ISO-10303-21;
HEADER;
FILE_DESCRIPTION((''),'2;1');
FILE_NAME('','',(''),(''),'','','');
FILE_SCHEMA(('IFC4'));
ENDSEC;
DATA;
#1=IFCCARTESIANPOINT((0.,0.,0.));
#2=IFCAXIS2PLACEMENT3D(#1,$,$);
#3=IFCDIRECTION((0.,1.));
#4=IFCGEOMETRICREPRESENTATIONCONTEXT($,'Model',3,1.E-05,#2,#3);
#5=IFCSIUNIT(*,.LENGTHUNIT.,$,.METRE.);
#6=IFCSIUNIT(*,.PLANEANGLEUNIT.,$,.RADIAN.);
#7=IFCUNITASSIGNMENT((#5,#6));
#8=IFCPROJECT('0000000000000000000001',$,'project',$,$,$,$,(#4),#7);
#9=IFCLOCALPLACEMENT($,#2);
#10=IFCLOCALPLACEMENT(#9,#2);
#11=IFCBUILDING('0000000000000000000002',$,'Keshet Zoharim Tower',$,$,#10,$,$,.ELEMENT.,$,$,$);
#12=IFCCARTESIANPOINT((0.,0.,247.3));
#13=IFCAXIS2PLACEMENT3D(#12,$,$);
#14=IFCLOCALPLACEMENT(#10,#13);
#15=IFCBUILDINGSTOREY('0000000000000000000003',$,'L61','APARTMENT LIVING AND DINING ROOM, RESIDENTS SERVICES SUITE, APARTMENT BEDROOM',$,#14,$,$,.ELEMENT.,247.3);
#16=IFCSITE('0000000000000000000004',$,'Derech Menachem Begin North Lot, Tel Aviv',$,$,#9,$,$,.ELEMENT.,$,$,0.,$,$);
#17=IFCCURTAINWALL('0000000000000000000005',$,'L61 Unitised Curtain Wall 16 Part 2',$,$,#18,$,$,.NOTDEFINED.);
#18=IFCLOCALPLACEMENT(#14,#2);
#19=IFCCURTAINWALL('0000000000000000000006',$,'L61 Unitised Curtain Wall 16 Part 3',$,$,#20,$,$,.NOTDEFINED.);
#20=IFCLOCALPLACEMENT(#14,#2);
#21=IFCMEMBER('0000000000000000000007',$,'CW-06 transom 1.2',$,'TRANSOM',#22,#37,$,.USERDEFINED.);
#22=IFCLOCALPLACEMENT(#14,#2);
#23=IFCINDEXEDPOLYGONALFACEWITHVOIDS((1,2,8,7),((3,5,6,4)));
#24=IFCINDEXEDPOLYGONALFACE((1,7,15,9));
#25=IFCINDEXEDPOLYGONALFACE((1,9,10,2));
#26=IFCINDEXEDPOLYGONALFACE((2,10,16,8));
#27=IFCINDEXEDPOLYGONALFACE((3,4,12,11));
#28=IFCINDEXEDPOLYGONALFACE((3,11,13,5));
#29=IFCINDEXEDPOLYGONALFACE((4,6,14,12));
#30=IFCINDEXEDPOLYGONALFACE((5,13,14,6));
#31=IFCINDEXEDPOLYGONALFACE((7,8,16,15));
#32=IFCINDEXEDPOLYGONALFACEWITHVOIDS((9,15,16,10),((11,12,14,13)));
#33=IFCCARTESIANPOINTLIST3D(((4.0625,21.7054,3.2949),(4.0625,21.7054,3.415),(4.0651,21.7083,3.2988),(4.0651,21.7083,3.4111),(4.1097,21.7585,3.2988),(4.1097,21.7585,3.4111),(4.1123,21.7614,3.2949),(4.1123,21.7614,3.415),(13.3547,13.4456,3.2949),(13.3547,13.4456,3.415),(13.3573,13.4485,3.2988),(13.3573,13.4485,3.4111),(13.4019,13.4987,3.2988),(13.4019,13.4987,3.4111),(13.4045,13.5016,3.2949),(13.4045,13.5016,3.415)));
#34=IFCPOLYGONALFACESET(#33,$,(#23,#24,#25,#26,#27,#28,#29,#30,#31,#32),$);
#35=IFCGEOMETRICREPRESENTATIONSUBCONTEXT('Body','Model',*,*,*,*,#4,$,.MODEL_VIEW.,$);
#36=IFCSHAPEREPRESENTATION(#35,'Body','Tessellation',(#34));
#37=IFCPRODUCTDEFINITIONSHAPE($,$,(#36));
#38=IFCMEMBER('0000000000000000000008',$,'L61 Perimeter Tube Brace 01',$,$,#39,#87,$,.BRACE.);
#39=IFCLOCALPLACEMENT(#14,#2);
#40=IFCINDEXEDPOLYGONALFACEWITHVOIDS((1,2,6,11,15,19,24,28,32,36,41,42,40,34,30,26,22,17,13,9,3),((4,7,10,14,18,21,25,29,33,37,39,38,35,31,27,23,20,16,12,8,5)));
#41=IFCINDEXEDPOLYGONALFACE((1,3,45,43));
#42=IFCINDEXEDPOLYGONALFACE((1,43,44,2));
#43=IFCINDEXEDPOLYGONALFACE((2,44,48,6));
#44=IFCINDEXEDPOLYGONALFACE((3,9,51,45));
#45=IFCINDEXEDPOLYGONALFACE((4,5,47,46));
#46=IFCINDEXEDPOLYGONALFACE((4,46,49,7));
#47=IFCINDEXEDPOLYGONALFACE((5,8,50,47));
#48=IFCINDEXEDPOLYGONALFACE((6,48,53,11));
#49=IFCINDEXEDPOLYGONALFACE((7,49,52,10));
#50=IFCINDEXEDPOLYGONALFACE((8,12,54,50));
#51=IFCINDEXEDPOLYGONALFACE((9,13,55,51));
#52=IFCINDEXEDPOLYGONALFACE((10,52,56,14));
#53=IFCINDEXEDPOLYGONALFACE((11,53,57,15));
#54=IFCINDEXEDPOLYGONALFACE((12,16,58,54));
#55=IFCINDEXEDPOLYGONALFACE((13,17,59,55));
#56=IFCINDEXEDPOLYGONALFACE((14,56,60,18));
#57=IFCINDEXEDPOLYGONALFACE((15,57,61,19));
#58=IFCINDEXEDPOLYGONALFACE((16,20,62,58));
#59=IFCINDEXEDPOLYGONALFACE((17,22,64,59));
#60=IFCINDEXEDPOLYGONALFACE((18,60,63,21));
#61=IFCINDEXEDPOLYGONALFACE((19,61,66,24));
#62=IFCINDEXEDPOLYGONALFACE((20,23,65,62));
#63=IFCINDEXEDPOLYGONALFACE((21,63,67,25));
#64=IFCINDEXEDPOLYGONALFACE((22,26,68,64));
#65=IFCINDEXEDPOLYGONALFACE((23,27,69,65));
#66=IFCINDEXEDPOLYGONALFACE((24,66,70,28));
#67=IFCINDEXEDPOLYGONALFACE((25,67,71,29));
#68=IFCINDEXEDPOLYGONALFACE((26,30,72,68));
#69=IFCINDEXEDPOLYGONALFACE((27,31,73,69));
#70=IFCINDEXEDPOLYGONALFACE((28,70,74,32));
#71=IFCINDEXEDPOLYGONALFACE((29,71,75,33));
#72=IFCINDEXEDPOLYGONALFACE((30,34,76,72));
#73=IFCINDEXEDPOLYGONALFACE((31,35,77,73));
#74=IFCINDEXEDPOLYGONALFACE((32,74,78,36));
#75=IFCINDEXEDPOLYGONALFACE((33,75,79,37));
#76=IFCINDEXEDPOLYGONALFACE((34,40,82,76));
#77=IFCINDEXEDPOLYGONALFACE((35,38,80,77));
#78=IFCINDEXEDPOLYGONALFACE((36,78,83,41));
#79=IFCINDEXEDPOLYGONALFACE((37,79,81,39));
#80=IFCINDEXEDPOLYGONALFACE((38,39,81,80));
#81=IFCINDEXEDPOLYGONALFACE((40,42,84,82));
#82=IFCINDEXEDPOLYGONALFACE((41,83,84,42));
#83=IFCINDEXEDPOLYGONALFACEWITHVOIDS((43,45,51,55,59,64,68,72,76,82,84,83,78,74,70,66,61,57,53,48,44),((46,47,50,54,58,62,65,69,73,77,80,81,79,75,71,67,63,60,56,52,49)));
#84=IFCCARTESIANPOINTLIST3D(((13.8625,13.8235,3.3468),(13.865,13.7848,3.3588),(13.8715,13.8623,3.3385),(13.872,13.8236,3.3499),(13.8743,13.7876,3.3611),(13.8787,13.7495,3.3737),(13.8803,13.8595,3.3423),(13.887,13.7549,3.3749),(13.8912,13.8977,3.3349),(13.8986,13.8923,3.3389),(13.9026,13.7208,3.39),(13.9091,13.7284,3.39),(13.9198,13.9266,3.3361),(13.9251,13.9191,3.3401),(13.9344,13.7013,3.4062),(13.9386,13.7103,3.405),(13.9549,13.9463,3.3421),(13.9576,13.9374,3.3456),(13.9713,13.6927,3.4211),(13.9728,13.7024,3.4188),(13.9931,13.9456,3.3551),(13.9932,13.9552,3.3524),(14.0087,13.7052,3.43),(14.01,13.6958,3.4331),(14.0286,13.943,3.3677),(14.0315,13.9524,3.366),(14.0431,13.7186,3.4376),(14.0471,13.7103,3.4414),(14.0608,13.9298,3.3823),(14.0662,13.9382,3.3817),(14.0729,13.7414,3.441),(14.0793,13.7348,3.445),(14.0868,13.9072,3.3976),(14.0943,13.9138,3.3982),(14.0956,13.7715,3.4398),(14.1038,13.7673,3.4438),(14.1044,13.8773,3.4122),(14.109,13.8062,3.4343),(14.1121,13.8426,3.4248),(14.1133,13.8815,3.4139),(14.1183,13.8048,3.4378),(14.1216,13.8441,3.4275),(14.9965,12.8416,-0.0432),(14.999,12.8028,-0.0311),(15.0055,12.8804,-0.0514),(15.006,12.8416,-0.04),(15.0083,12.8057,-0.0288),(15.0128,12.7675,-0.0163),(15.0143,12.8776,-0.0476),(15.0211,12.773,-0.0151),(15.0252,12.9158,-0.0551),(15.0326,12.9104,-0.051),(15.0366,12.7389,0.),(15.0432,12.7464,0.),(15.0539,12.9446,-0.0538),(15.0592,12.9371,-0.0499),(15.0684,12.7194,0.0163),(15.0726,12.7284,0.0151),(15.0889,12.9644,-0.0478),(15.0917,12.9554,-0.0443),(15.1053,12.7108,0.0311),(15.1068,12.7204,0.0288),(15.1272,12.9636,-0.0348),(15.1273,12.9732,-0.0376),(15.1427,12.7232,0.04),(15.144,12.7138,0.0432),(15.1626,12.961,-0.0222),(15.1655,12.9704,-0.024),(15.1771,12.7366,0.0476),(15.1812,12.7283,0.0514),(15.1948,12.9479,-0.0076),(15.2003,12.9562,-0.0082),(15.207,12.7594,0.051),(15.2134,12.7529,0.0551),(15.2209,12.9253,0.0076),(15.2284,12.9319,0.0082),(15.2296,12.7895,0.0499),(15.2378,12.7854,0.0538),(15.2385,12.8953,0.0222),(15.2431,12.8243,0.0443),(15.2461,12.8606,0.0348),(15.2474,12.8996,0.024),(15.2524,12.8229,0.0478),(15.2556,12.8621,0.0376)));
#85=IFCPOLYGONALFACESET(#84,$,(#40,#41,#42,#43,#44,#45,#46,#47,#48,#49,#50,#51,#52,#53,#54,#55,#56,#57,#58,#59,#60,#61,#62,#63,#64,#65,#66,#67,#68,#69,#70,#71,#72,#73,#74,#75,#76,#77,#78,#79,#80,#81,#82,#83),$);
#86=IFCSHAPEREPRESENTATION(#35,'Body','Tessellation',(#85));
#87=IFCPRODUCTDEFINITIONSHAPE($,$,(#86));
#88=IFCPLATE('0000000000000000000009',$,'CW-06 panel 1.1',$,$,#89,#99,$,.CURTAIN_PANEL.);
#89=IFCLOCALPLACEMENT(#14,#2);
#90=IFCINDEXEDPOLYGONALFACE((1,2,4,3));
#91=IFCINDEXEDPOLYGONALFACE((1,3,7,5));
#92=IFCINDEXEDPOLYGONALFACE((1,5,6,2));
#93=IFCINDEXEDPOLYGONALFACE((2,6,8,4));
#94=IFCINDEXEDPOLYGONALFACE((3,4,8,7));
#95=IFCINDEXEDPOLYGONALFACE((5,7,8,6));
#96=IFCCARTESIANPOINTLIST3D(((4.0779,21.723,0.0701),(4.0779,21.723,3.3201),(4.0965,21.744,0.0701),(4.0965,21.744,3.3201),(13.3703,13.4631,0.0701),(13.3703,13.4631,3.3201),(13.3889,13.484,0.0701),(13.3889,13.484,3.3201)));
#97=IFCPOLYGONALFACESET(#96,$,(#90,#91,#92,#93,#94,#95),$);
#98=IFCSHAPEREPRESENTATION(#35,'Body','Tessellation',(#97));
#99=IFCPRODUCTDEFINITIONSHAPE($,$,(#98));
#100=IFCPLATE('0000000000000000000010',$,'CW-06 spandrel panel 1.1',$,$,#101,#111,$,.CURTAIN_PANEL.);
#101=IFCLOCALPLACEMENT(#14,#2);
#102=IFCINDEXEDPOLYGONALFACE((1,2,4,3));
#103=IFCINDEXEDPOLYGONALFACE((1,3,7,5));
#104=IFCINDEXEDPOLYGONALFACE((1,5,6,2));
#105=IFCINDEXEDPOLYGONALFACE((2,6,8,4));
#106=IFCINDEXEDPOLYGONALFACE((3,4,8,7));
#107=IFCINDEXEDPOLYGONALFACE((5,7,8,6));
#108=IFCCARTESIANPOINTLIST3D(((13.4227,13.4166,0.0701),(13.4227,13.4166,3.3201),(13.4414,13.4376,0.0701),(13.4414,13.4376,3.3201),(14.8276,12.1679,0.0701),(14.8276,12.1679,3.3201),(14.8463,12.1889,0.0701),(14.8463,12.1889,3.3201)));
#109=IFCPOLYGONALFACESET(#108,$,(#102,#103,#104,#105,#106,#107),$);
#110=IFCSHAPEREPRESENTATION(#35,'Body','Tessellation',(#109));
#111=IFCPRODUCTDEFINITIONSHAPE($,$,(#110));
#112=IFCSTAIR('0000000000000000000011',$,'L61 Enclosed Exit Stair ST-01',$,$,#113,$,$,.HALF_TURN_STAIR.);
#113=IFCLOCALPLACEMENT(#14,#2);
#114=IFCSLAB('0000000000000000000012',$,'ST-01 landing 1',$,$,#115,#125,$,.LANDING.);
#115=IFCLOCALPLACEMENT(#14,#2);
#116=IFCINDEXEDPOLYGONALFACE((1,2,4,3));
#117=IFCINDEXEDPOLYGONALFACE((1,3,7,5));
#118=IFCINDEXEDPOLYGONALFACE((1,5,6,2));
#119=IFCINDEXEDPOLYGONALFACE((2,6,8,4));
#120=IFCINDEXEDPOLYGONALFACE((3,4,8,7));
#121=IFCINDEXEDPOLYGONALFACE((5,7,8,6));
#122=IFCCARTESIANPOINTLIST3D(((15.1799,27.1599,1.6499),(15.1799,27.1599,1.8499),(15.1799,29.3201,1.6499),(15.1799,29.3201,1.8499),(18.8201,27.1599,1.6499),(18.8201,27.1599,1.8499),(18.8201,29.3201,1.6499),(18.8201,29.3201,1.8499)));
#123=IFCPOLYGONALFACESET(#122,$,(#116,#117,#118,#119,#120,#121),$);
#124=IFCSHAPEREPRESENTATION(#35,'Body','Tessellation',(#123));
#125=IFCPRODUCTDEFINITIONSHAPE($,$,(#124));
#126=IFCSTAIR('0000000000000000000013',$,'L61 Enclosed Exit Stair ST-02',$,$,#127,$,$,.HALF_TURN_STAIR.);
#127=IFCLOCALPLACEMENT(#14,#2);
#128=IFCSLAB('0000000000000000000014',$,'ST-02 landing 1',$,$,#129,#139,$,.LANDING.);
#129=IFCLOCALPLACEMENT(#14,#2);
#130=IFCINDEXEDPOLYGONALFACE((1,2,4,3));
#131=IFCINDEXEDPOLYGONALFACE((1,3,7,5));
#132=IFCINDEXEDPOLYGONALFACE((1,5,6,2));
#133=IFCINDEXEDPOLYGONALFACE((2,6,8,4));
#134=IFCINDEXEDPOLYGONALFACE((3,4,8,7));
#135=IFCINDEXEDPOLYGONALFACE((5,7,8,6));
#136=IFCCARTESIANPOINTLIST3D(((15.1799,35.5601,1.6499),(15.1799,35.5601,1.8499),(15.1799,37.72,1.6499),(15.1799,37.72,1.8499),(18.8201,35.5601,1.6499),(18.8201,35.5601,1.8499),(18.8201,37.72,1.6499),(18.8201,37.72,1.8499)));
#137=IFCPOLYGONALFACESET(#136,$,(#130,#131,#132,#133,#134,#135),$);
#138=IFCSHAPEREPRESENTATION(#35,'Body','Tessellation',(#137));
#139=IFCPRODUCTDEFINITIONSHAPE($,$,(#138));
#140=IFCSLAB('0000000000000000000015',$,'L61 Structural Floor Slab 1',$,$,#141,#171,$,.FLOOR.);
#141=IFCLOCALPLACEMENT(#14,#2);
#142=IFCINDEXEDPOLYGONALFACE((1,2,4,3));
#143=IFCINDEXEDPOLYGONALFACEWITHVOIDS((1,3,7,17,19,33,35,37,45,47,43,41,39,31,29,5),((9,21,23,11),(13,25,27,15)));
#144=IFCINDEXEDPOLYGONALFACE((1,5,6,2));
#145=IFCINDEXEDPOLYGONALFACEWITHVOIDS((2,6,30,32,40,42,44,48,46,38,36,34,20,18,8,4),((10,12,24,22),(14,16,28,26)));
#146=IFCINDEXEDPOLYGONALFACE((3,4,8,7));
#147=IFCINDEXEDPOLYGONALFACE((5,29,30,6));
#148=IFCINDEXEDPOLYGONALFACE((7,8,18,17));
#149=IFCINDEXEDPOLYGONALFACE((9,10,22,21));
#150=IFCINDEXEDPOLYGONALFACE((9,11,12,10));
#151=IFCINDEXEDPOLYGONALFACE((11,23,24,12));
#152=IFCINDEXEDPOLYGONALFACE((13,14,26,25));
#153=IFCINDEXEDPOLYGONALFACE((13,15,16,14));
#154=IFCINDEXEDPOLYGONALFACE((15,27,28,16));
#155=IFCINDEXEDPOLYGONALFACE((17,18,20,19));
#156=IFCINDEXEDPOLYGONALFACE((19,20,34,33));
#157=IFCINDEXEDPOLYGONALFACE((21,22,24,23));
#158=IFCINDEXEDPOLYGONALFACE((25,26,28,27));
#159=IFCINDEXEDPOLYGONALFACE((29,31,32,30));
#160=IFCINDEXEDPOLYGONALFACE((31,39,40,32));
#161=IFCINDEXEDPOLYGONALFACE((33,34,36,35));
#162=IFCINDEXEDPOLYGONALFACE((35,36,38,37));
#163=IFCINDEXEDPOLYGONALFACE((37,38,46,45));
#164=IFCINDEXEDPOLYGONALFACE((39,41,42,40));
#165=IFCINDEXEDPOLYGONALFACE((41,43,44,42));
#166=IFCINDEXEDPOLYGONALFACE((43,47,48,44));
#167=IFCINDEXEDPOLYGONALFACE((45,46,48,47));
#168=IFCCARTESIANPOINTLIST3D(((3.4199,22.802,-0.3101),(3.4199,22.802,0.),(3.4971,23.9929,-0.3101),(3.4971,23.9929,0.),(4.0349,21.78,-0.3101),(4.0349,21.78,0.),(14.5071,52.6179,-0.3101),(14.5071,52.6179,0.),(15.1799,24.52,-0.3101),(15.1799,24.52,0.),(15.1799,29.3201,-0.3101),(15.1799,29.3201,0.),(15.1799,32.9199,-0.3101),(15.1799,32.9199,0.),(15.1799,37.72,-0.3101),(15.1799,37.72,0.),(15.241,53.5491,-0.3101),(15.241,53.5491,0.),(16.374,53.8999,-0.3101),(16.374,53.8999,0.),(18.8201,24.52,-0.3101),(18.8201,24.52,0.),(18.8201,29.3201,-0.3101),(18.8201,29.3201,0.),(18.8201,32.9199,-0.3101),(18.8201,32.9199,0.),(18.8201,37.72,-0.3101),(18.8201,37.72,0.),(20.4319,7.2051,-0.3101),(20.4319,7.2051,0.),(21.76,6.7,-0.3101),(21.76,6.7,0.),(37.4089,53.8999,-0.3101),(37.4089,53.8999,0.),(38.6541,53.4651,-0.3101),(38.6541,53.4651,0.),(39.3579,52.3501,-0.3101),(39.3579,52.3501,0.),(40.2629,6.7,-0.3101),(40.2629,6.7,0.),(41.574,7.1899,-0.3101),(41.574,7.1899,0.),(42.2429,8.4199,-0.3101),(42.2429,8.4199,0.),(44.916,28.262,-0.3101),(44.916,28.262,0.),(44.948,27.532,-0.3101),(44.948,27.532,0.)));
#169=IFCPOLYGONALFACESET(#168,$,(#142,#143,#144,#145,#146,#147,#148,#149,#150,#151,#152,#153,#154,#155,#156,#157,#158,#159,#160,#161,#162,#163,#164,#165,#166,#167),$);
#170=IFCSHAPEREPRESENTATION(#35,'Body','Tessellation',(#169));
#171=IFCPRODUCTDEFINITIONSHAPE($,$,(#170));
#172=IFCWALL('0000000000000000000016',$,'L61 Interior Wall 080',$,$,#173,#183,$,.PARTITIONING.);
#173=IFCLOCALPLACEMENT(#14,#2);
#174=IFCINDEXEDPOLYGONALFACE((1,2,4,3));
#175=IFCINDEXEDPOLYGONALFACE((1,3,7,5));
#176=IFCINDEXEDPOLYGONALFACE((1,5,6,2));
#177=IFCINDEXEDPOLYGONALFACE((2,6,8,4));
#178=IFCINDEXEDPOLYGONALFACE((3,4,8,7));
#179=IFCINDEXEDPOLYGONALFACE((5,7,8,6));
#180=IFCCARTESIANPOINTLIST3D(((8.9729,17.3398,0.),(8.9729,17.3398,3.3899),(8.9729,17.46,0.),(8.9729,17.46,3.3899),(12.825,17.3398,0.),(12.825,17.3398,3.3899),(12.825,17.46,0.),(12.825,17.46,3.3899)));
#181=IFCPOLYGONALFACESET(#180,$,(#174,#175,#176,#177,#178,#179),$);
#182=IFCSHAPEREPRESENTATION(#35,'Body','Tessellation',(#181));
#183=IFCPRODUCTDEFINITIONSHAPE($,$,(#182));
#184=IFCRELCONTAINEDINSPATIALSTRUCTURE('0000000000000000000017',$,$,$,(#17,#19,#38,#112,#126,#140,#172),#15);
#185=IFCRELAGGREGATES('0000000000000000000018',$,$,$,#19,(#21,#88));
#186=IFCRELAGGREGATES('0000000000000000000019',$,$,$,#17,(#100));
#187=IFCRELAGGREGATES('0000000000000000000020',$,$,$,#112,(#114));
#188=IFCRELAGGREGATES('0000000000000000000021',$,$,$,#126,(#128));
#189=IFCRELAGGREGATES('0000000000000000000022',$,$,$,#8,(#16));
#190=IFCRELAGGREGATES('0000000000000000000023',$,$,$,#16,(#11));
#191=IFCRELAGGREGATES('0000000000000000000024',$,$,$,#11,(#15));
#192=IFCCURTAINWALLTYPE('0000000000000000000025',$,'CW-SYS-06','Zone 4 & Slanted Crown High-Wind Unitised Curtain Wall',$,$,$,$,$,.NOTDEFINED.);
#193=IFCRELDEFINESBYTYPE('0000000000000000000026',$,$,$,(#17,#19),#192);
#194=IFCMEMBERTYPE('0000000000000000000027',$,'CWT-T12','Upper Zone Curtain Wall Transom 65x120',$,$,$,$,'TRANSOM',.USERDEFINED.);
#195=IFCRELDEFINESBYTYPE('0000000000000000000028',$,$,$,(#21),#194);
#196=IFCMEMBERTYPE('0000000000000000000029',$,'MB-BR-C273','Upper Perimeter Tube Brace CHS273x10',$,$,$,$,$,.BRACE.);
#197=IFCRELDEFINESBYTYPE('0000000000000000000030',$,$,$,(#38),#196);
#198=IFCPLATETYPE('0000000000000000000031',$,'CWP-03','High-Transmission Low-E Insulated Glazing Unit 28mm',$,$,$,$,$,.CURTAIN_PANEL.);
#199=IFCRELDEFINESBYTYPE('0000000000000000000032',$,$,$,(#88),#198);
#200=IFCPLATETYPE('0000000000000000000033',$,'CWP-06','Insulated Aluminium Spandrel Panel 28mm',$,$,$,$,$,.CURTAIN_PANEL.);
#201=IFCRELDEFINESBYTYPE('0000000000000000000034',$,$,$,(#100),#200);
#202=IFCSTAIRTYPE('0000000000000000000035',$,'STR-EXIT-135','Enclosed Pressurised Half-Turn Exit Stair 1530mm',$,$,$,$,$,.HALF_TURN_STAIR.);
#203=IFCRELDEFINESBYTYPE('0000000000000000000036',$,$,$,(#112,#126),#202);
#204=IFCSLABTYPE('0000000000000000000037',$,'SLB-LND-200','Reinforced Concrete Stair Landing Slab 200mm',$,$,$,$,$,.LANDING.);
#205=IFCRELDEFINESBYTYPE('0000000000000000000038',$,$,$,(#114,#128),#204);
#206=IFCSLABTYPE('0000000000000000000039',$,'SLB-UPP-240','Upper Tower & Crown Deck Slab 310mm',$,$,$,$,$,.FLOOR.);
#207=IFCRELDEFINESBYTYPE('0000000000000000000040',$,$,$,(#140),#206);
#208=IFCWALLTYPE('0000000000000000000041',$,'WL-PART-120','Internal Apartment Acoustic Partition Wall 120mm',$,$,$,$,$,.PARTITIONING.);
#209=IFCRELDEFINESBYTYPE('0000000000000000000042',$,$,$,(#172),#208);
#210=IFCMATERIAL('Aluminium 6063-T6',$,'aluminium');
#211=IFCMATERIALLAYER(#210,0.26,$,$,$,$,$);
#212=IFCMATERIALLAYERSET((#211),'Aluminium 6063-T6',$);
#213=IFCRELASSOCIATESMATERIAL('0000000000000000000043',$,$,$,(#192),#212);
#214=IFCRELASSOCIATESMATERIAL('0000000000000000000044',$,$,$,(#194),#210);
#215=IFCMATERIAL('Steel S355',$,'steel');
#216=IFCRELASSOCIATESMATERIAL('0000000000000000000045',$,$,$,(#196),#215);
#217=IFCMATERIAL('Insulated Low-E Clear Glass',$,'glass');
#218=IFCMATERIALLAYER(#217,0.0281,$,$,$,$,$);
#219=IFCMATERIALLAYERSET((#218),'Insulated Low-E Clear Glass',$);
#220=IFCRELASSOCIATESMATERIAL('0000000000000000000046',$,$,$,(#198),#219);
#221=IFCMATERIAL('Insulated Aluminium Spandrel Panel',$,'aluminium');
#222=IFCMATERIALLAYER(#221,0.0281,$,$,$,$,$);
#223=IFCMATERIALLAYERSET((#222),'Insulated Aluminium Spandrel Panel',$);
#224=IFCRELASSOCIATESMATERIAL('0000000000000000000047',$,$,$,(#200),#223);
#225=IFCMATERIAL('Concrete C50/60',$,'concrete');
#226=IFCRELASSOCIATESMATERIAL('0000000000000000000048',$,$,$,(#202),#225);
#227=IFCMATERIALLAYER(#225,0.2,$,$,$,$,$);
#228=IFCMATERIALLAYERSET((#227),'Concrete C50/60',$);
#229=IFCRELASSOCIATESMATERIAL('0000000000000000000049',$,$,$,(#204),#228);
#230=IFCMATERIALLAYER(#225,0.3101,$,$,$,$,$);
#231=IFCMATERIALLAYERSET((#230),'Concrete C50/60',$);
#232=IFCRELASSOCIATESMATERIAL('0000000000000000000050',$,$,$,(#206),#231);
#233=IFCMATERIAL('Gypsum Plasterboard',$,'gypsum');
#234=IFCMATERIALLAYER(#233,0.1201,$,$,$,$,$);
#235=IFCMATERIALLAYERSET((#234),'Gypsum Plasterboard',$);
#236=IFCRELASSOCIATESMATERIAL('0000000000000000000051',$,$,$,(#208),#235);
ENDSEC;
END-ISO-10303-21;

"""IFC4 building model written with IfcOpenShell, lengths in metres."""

from ifc_helpers import new_model, si_unit, direction, frame, frame_2d, origin, origin_2d, place, context, subcontext, project, spatial, polyline, rectangle, hollow_rectangle, hollow_circle, outline, extrude, material, layer, layer_set, material_profile, profile_set, type_object, element, aggregate, save


model = new_model("IFC4")

# Units and contexts
model_context = context("Model", 3, precision=1e-05, world=origin(), true_north=direction((0.0, 1.0)))
body_context = subcontext(model_context, "Body", "Model", "MODEL_VIEW")
ifc_project = project(units=[si_unit("LENGTHUNIT", "METRE"), si_unit("PLANEANGLEUNIT", "RADIAN")], contexts=[model_context])

# Site, building, storey
site_placement = place(None, origin())
site = spatial("IfcSite", under=ifc_project, at=site_placement, Name="Derech Menachem Begin North Lot, Tel Aviv", CompositionType="ELEMENT", RefElevation=0.0)
building_placement = place(site_placement, origin())
building = spatial("IfcBuilding", under=site, at=building_placement, Name="Keshet Zoharim Tower", CompositionType="ELEMENT")
storey_placement = place(building_placement, frame((0.0, 0.0, 247.3)))
storey = spatial("IfcBuildingStorey", under=building, at=storey_placement, Name="L61", Description="APARTMENT LIVING AND DINING ROOM, RESIDENTS SERVICES SUITE, APARTMENT BEDROOM", CompositionType="ELEMENT", Elevation=247.3)

# Shared definitions
ifc_material_1 = material(Name="Steel S355", Category="steel")

# Shared definitions
ifc_material_2 = material(Name="Aluminium 6063-T6", Category="aluminium")
ifc_layer_1 = layer(ifc_material_2, 0.26)
ifc_layer_set_1 = layer_set([ifc_layer_1], Name="Aluminium 6063-T6")
curtain_wall_type = type_object("IfcCurtainWallType", Name="CW-SYS-06", Description="Zone 4 & Slanted Crown High-Wind Unitised Curtain Wall", PredefinedType="NOTDEFINED", material=ifc_layer_set_1)

# Curtain walls, member
curtain_wall_1_placement = place(storey_placement, origin())
curtain_wall_1 = element("IfcCurtainWall", 1, at=curtain_wall_1_placement, inside=storey, type_object=curtain_wall_type, Name="L61 Unitised Curtain Wall 16 Part 2", PredefinedType="NOTDEFINED")
ifc_material_profile_1 = material_profile(ifc_material_2, hollow_rectangle(XDim=0.075, YDim=0.1201, WallThickness=0.0039, at=origin_2d()), Name="TRN-75x120")
ifc_profile_set_1 = profile_set([ifc_material_profile_1], Name="Aluminium 6063-T6")
member_type_1 = type_object("IfcMemberType", Name="CWT-T12", Description="Upper Zone Curtain Wall Transom 65x120", ElementType="TRANSOM", PredefinedType="USERDEFINED", material=ifc_profile_set_1)
curtain_wall_2_placement = place(storey_placement, origin())
curtain_wall_2 = element("IfcCurtainWall", 2, at=curtain_wall_2_placement, inside=storey, type_object=curtain_wall_type, Name="L61 Unitised Curtain Wall 16 Part 3", PredefinedType="NOTDEFINED")
member_1_placement = place(storey_placement, frame((13.3796, 13.4736, 3.355), z_axis=(-0.747409, 0.664364, 0.0), x_axis=(-0.664364, -0.747409, 0.0)))
member_1 = element("IfcMember", 3, at=member_1_placement, type_object=member_type_1, Name="CW-06 transom 1.2", ObjectType="TRANSOM", PredefinedType="USERDEFINED", context=body_context, shape_type="SweptSolid", body=[
    extrude(hollow_rectangle(XDim=0.075, YDim=0.1201, WallThickness=0.0039, at=origin_2d()), origin(), (0.0, 0.0, 1.0), 12.4326),
])

# Member
ifc_material_profile_2 = material_profile(ifc_material_1, hollow_circle(Radius=0.1365, WallThickness=0.01, at=origin_2d()), Name="CHS273x10")
ifc_profile_set_2 = profile_set([ifc_material_profile_2], Name="Steel S355")
member_type_2 = type_object("IfcMemberType", Name="MB-BR-C273", Description="Upper Perimeter Tube Brace CHS273x10", PredefinedType="BRACE", material=ifc_profile_set_2)
member_2_placement = place(storey_placement, frame((15.126, 12.842, 0.0), z_axis=(-0.30592, 0.264889, 0.914466), x_axis=(-0.65459, -0.755984, 0.0)))
element("IfcMember", 4, at=member_2_placement, inside=storey, type_object=member_type_2, Name="L61 Perimeter Tube Brace 01", PredefinedType="BRACE", context=body_context, shape_type="SweptSolid", body=[
    extrude(hollow_circle(Radius=0.1365, WallThickness=0.01, at=origin_2d()), origin(), (0.0, 0.0, 1.0), 3.707),
])

# Plates
ifc_material_3 = material(Name="Insulated Low-E Clear Glass", Category="glass")
ifc_layer_2 = layer(ifc_material_3, 0.0281)
ifc_layer_set_2 = layer_set([ifc_layer_2], Name="Insulated Low-E Clear Glass")
plate_type_1 = type_object("IfcPlateType", Name="CWP-03", Description="High-Transmission Low-E Insulated Glazing Unit 28mm", PredefinedType="CURTAIN_PANEL", material=ifc_layer_set_2)
plate_1_placement = place(storey_placement, frame((8.7334, 17.6035, 0.0701), z_axis=(0.0, 0.0, 1.0), x_axis=(-0.747409, 0.664364, 0.0)))
plate_1 = element("IfcPlate", 5, at=plate_1_placement, type_object=plate_type_1, Name="CW-06 panel 1.1", PredefinedType="CURTAIN_PANEL", context=body_context, shape_type="SweptSolid", body=[
    extrude(rectangle(XDim=12.4329, YDim=0.0281, at=origin_2d()), origin(), (0.0, 0.0, 1.0), 3.25),
])
aggregate(curtain_wall_2, [member_1, plate_1])
ifc_material_4 = material(Name="Insulated Aluminium Spandrel Panel", Category="aluminium")
ifc_layer_3 = layer(ifc_material_4, 0.0281)
ifc_layer_set_3 = layer_set([ifc_layer_3], Name="Insulated Aluminium Spandrel Panel")
plate_type_2 = type_object("IfcPlateType", Name="CWP-06", Description="Insulated Aluminium Spandrel Panel 28mm", PredefinedType="CURTAIN_PANEL", material=ifc_layer_set_3)
plate_2_placement = place(storey_placement, frame((14.1345, 12.8027, 0.0701), z_axis=(0.0, 0.0, 1.0), x_axis=(-0.747432, 0.664338, 0.0)))
plate_2 = element("IfcPlate", 6, at=plate_2_placement, type_object=plate_type_2, Name="CW-06 spandrel panel 1.1", PredefinedType="CURTAIN_PANEL", context=body_context, shape_type="SweptSolid", body=[
    extrude(rectangle(XDim=1.8796, YDim=0.0281, at=origin_2d()), origin(), (0.0, 0.0, 1.0), 3.25),
])
aggregate(curtain_wall_1, [plate_2])

# Stairs, slabs
ifc_material_5 = material(Name="Concrete C50/60", Category="concrete")
stair_type = type_object("IfcStairType", Name="STR-EXIT-135", Description="Enclosed Pressurised Half-Turn Exit Stair 1530mm", PredefinedType="HALF_TURN_STAIR", material=ifc_material_5)
stair_1_placement = place(storey_placement, origin())
stair_1 = element("IfcStair", 7, at=stair_1_placement, inside=storey, type_object=stair_type, Name="L61 Enclosed Exit Stair ST-01", PredefinedType="HALF_TURN_STAIR")
ifc_layer_4 = layer(ifc_material_5, 0.2)
ifc_layer_set_4 = layer_set([ifc_layer_4], Name="Concrete C50/60")
slab_type_1 = type_object("IfcSlabType", Name="SLB-LND-200", Description="Reinforced Concrete Stair Landing Slab 200mm", PredefinedType="LANDING", material=ifc_layer_set_4)
slab_1_placement = place(storey_placement, frame((0.0, 0.0, 1.6499)))
slab_1 = element("IfcSlab", 8, at=slab_1_placement, type_object=slab_type_1, Name="ST-01 landing 1", PredefinedType="LANDING", context=body_context, shape_type="SweptSolid", body=[
    extrude(outline(polyline([(15.1799, 27.1599), (18.8201, 27.1599), (18.8201, 29.3201), (15.1799, 29.3201), (15.1799, 27.1599)])), origin(), (0.0, 0.0, 1.0), 0.2),
])
aggregate(stair_1, [slab_1])
stair_2_placement = place(storey_placement, origin())
stair_2 = element("IfcStair", 9, at=stair_2_placement, inside=storey, type_object=stair_type, Name="L61 Enclosed Exit Stair ST-02", PredefinedType="HALF_TURN_STAIR")
slab_2_placement = place(storey_placement, frame((0.0, 0.0, 1.6499)))
slab_2 = element("IfcSlab", 10, at=slab_2_placement, type_object=slab_type_1, Name="ST-02 landing 1", PredefinedType="LANDING", context=body_context, shape_type="SweptSolid", body=[
    extrude(outline(polyline([(15.1799, 35.5601), (18.8201, 35.5601), (18.8201, 37.72), (15.1799, 37.72), (15.1799, 35.5601)])), origin(), (0.0, 0.0, 1.0), 0.2),
])
aggregate(stair_2, [slab_2])

# Slab
ifc_layer_5 = layer(ifc_material_5, 0.3101)
ifc_layer_set_5 = layer_set([ifc_layer_5], Name="Concrete C50/60")
slab_type_2 = type_object("IfcSlabType", Name="SLB-UPP-240", Description="Upper Tower & Crown Deck Slab 310mm", PredefinedType="FLOOR", material=ifc_layer_set_5)
slab_3_placement = place(storey_placement, frame((0.0, 0.0, -0.3101)))
element("IfcSlab", 11, at=slab_3_placement, inside=storey, type_object=slab_type_2, Name="L61 Structural Floor Slab 1", PredefinedType="FLOOR", context=body_context, shape_type="SweptSolid", body=[
    extrude(outline(polyline([(4.0349, 21.78), (3.4199, 22.802), (3.4971, 23.9929), (14.5071, 52.6179), (15.241, 53.5491), (16.374, 53.8999), (37.4089, 53.8999), (38.6541, 53.4651), (39.3579, 52.3501), (44.916, 28.262), (44.948, 27.532), (42.2429, 8.4199), (41.574, 7.1899), (40.2629, 6.7), (21.76, 6.7), (20.4319, 7.2051), (4.0349, 21.78)]), holes=[polyline([(15.1799, 24.52), (18.8201, 24.52), (18.8201, 29.3201), (15.1799, 29.3201), (15.1799, 24.52)]), polyline([(15.1799, 32.9199), (18.8201, 32.9199), (18.8201, 37.72), (15.1799, 37.72), (15.1799, 32.9199)])]), origin(), (0.0, 0.0, 1.0), 0.3101),
])

# Shared definitions
ifc_material_6 = material(Name="Gypsum Plasterboard", Category="gypsum")

# Wall
ifc_layer_6 = layer(ifc_material_6, 0.1201)
ifc_layer_set_6 = layer_set([ifc_layer_6], Name="Gypsum Plasterboard")
wall_type_1 = type_object("IfcWallType", Name="WL-PART-120", Description="Internal Apartment Acoustic Partition Wall 120mm", PredefinedType="PARTITIONING", material=ifc_layer_set_6)
wall_1_placement = place(storey_placement, frame((8.9729, 17.3999, 0.0), z_axis=(0.0, 0.0, 1.0), x_axis=(1.0, 0.0, 0.0)))
element("IfcWall", 12, at=wall_1_placement, inside=storey, type_object=wall_type_1, Name="L61 Interior Wall 080", PredefinedType="PARTITIONING", context=body_context, shape_type="SweptSolid", body=[
    extrude(rectangle(XDim=3.8521, YDim=0.1201, at=frame_2d((1.926, 0.0))), origin(), (0.0, 0.0, 1.0), 3.3899),
])

save(model, "model.ifc")
